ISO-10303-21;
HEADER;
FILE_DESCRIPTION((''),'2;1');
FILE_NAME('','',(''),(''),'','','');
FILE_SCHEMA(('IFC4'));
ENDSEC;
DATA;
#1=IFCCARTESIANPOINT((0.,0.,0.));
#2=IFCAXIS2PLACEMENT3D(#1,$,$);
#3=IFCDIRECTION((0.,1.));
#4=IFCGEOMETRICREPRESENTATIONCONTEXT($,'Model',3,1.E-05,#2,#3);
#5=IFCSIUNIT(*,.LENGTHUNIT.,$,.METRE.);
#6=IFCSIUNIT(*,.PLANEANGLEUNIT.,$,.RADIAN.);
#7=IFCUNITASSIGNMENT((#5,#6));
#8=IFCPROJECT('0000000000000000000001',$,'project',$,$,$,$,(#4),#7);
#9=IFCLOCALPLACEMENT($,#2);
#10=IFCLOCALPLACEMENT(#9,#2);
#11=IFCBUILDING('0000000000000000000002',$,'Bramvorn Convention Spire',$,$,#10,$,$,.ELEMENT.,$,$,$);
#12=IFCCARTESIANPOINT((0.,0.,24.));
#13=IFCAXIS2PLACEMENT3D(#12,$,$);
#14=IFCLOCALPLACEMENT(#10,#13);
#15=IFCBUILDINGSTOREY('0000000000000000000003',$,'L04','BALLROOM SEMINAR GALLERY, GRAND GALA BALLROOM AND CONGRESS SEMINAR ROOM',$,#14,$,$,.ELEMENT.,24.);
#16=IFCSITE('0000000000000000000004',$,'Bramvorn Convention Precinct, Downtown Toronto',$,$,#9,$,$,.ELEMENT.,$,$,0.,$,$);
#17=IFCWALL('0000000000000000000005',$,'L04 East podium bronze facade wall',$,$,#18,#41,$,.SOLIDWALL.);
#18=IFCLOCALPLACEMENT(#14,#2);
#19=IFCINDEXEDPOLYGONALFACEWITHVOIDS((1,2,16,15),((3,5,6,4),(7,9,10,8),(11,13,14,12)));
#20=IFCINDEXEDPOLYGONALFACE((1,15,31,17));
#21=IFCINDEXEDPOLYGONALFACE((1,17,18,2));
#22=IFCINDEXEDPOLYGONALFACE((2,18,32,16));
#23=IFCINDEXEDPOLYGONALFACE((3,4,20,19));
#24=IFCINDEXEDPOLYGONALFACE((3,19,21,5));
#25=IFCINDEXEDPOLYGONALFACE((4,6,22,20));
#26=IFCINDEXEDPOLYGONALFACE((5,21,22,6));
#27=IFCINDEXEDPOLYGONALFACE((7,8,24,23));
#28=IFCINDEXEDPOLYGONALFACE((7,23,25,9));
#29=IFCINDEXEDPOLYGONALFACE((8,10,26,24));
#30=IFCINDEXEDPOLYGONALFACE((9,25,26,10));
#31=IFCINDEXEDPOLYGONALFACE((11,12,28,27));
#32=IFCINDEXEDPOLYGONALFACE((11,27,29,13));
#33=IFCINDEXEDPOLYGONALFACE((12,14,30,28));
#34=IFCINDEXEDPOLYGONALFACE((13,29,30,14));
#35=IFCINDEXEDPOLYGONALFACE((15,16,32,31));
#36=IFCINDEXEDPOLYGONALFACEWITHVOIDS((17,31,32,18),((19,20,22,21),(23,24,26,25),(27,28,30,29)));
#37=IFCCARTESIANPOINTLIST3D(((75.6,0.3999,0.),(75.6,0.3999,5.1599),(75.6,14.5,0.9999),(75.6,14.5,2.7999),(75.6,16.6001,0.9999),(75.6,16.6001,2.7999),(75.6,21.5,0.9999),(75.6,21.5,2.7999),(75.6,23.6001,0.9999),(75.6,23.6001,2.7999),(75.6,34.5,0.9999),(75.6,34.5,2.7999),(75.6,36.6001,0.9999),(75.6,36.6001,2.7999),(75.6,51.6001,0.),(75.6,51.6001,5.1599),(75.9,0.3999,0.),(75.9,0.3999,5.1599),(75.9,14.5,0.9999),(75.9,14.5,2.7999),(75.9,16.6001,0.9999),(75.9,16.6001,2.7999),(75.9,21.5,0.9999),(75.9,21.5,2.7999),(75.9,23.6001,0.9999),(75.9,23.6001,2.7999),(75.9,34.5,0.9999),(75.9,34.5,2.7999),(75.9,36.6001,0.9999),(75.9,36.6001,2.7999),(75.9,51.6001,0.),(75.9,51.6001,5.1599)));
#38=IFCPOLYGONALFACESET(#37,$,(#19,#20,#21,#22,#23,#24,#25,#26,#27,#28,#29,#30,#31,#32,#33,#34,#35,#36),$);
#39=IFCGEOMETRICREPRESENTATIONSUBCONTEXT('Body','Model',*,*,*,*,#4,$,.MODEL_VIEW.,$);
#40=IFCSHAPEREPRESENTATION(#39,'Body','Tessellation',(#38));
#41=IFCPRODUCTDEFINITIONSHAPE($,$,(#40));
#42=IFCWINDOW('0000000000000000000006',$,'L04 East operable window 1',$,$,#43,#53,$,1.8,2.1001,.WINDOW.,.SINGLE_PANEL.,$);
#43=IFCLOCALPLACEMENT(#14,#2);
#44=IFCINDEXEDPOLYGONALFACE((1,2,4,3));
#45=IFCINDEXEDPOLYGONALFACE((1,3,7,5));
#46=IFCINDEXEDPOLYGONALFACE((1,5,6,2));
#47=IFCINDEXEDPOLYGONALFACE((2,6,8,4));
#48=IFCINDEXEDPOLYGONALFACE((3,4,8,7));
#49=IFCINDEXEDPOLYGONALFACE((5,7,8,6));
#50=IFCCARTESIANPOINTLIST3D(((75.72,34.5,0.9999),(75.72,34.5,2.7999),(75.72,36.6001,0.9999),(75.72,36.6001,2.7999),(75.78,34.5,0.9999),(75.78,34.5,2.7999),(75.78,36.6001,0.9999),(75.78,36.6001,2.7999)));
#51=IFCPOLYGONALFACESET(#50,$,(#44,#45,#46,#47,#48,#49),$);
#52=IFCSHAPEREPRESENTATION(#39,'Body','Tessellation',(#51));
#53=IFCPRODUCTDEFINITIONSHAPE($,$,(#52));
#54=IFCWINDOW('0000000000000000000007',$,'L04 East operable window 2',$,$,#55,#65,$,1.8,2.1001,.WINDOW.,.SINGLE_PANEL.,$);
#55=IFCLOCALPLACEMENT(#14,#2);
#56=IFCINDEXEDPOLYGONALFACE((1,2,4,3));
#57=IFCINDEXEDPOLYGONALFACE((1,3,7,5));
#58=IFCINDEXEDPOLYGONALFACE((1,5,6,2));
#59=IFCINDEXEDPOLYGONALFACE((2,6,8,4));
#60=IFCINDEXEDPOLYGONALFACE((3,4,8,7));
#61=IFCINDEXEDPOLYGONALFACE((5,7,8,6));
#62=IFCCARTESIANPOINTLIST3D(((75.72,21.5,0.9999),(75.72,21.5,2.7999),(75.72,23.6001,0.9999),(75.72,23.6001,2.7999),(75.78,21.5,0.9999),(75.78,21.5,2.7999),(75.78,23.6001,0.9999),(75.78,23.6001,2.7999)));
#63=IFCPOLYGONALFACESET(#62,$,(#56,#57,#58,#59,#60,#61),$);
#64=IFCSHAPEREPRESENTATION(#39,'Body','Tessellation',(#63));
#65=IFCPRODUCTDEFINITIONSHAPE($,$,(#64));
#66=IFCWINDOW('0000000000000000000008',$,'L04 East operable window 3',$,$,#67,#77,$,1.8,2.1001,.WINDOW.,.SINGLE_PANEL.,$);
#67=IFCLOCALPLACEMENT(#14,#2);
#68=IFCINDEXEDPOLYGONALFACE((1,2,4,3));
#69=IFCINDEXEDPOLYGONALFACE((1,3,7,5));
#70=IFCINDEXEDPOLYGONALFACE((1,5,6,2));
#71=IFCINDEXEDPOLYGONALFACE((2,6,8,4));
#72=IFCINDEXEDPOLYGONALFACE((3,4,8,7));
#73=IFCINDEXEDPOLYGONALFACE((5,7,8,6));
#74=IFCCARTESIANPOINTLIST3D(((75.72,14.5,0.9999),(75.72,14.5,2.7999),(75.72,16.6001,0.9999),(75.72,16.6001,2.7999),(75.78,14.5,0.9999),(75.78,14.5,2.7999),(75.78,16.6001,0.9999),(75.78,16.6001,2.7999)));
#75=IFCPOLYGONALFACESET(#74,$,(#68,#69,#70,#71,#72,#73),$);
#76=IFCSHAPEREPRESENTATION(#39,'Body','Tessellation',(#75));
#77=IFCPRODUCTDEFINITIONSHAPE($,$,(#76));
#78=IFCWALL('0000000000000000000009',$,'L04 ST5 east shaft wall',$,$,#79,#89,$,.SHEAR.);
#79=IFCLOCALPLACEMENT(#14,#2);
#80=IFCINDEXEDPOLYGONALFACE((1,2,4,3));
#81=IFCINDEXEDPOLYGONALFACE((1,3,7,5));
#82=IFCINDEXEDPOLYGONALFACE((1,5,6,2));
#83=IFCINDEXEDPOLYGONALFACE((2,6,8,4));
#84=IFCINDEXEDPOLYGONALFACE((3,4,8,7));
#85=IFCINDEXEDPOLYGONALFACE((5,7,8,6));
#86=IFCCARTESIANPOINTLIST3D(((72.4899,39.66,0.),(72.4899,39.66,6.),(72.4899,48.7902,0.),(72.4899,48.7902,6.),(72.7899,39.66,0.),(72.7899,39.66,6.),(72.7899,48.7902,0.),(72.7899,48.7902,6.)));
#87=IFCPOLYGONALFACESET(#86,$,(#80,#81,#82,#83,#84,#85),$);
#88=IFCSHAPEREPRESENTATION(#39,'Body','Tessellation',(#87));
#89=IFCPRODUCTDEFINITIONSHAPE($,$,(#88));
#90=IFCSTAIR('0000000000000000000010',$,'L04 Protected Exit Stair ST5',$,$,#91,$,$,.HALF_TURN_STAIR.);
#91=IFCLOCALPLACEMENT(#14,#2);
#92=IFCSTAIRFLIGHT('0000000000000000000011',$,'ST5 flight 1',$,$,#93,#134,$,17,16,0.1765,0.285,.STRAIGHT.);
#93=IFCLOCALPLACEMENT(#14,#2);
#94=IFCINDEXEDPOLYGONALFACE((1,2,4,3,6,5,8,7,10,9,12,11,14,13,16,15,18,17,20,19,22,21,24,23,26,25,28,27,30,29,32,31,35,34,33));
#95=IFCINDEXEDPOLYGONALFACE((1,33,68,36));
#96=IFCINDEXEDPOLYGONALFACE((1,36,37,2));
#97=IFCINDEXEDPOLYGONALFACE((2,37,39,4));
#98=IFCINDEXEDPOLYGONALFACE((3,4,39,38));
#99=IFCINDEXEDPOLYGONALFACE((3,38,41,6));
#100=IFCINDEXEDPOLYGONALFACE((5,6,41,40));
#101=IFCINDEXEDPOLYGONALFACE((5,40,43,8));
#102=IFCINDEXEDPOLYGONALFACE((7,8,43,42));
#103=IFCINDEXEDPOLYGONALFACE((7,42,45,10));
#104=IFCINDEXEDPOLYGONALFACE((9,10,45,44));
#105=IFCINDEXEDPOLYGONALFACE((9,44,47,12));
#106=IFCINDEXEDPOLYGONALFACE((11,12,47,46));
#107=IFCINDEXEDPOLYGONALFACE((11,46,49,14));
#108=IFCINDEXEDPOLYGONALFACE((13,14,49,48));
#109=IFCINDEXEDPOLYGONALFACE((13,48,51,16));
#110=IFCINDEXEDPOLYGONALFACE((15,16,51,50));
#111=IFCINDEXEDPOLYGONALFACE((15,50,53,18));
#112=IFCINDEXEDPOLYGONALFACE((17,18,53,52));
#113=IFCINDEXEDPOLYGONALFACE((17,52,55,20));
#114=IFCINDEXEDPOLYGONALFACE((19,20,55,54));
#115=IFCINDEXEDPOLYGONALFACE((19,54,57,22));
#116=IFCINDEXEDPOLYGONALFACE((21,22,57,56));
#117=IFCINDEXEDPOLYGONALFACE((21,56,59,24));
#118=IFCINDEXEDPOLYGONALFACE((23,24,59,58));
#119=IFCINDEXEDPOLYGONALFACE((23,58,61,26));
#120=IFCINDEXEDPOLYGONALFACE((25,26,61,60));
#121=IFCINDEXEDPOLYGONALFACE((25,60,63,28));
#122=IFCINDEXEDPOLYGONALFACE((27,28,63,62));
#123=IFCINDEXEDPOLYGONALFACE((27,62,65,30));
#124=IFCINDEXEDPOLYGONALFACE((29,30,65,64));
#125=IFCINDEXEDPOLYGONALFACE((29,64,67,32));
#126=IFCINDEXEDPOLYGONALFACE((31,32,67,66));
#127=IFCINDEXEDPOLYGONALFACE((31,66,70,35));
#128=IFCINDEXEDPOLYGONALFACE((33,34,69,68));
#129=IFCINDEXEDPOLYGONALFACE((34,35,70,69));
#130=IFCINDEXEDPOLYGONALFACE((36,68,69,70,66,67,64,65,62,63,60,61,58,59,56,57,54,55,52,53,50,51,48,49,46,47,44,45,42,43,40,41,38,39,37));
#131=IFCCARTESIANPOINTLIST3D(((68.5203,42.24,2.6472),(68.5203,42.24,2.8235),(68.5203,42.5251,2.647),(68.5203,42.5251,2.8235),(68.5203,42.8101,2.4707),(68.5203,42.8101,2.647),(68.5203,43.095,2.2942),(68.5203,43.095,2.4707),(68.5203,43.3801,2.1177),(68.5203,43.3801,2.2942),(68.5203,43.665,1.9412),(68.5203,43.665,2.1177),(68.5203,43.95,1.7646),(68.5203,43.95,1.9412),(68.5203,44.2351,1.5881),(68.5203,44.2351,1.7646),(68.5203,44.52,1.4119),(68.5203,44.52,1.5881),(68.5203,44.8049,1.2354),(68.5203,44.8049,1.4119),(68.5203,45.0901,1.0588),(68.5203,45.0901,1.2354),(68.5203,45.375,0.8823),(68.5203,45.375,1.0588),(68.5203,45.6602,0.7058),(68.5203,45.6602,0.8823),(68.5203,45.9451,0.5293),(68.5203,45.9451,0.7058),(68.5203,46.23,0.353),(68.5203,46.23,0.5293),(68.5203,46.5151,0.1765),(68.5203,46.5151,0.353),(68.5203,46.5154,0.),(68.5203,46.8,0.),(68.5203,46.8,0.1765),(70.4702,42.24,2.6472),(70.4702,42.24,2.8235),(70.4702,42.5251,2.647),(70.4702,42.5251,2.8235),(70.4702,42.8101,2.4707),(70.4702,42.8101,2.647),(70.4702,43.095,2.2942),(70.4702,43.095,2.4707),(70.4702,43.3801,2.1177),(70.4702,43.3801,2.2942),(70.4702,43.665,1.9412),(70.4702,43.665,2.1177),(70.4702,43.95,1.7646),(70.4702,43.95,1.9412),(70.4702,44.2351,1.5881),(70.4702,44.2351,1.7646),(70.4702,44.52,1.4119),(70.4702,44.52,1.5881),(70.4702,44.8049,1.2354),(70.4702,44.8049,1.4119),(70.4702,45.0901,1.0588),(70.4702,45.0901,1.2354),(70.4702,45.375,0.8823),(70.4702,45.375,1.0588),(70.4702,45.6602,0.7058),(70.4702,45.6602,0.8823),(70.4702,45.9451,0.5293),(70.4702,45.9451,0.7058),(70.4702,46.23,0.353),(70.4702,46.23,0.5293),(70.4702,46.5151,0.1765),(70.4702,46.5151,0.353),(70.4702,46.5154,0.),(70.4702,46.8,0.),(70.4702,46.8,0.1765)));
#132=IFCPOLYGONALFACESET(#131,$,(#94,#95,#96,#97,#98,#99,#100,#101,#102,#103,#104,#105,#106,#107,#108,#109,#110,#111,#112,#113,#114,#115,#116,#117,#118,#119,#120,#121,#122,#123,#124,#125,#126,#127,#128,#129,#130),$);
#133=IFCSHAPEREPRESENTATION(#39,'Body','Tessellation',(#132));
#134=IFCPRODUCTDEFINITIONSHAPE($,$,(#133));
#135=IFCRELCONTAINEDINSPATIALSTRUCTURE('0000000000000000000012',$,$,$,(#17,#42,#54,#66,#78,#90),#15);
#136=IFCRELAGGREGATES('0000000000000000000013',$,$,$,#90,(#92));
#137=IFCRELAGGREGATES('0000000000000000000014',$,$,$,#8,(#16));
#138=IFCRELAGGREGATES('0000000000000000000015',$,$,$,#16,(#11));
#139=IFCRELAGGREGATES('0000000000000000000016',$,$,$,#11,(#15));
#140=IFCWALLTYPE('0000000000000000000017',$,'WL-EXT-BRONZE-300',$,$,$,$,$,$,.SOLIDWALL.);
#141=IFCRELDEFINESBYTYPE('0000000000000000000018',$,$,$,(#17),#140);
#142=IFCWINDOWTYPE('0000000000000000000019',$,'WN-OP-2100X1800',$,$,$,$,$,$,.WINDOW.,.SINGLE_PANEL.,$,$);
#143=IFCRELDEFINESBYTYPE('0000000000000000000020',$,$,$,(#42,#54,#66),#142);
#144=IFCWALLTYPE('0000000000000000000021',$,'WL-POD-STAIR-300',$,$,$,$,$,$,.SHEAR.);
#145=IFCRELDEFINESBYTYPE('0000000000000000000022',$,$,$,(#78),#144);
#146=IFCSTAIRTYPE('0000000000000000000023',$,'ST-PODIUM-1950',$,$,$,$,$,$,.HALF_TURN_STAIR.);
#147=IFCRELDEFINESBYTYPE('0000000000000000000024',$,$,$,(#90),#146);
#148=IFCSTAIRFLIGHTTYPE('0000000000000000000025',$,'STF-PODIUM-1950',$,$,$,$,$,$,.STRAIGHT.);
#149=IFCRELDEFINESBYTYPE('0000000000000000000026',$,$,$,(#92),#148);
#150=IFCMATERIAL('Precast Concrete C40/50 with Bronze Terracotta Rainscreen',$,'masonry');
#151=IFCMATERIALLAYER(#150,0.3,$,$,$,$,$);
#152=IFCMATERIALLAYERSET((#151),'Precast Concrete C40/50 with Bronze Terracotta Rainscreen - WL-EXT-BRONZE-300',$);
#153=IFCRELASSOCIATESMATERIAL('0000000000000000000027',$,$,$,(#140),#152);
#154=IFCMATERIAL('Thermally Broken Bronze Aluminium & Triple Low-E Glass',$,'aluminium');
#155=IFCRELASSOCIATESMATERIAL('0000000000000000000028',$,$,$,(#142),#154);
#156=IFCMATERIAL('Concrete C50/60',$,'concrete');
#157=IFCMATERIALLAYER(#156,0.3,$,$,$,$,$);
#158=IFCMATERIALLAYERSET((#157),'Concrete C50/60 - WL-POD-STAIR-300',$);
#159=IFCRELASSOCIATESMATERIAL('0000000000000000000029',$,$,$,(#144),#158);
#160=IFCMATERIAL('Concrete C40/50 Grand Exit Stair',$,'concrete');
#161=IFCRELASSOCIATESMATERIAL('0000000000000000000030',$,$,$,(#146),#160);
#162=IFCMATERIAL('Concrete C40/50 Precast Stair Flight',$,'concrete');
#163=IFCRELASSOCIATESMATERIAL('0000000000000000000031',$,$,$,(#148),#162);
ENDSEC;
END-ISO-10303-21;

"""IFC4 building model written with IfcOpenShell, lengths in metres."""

from ifc_helpers import new_model, si_unit, direction, frame, frame_2d, origin, place, context, subcontext, project, spatial, polyline, rectangle, outline, extrude, material, layer, layer_set, type_object, element, fill, aggregate, save


model = new_model("IFC4")

# Units and contexts
model_context = context("Model", 3, precision=1e-05, world=origin(), true_north=direction((0.0, 1.0)))
body_context = subcontext(model_context, "Body", "Model", "MODEL_VIEW")
ifc_project = project(units=[si_unit("LENGTHUNIT", "METRE"), si_unit("PLANEANGLEUNIT", "RADIAN")], contexts=[model_context])

# Site, building, storey
site_placement = place(None, origin())
site = spatial("IfcSite", under=ifc_project, at=site_placement, Name="Bramvorn Convention Precinct, Downtown Toronto", CompositionType="ELEMENT", RefElevation=0.0)
building_placement = place(site_placement, origin())
building = spatial("IfcBuilding", under=site, at=building_placement, Name="Bramvorn Convention Spire", CompositionType="ELEMENT")
storey_placement = place(building_placement, frame((0.0, 0.0, 24.0)))
storey = spatial("IfcBuildingStorey", under=building, at=storey_placement, Name="L04", Description="BALLROOM SEMINAR GALLERY, GRAND GALA BALLROOM AND CONGRESS SEMINAR ROOM", CompositionType="ELEMENT", Elevation=24.0)

# Wall, openings, windows
ifc_material_1 = material(Name="Precast Concrete C40/50 with Bronze Terracotta Rainscreen", Category="masonry")
ifc_layer_1 = layer(ifc_material_1, 0.3)
ifc_layer_set_1 = layer_set([ifc_layer_1], Name="Precast Concrete C40/50 with Bronze Terracotta Rainscreen - WL-EXT-BRONZE-300")
wall_type_1 = type_object("IfcWallType", Name="WL-EXT-BRONZE-300", PredefinedType="SOLIDWALL", material=ifc_layer_set_1)
wall_1_placement = place(storey_placement, frame((75.75, 51.6001, 0.0), z_axis=(0.0, 0.0, 1.0), x_axis=(0.0, -1.0, 0.0)))
wall_1 = element("IfcWall", 1, at=wall_1_placement, inside=storey, type_object=wall_type_1, Name="L04 East podium bronze facade wall", PredefinedType="SOLIDWALL", context=body_context, shape_type="SweptSolid", body=[
    extrude(rectangle(XDim=51.2002, YDim=0.3, at=frame_2d((25.6001, 0.0))), origin(), (0.0, 0.0, 1.0), 5.1599),
])
opening_1_placement = place(wall_1_placement, frame((15.0, 0.0, 1.0)))
opening_1 = element("IfcOpeningElement", 2, at=opening_1_placement, cuts=wall_1, PredefinedType="OPENING", context=body_context, shape_type="SweptSolid", body=[
    extrude(rectangle(XDim=2.1001, YDim=1.8, at=frame_2d((1.05, 0.8999))), frame((0.0, 0.1599, 0.0), z_axis=(0.0, -1.0, 0.0), x_axis=(1.0, 0.0, 0.0)), (0.0, 0.0, 1.0), 0.3201),
])
opening_2_placement = place(wall_1_placement, frame((28.0, 0.0, 1.0)))
opening_2 = element("IfcOpeningElement", 3, at=opening_2_placement, cuts=wall_1, PredefinedType="OPENING", context=body_context, shape_type="SweptSolid", body=[
    extrude(rectangle(XDim=2.1001, YDim=1.8, at=frame_2d((1.05, 0.8999))), frame((0.0, 0.1599, 0.0), z_axis=(0.0, -1.0, 0.0), x_axis=(1.0, 0.0, 0.0)), (0.0, 0.0, 1.0), 0.3201),
])
opening_3_placement = place(wall_1_placement, frame((35.0, 0.0, 1.0)))
opening_3 = element("IfcOpeningElement", 4, at=opening_3_placement, cuts=wall_1, PredefinedType="OPENING", context=body_context, shape_type="SweptSolid", body=[
    extrude(rectangle(XDim=2.1001, YDim=1.8, at=frame_2d((1.05, 0.8999))), frame((0.0, 0.1599, 0.0), z_axis=(0.0, -1.0, 0.0), x_axis=(1.0, 0.0, 0.0)), (0.0, 0.0, 1.0), 0.3201),
])
ifc_material_2 = material(Name="Thermally Broken Bronze Aluminium & Triple Low-E Glass", Category="aluminium")
window_type = type_object("IfcWindowType", Name="WN-OP-2100X1800", PartitioningType="SINGLE_PANEL", PredefinedType="WINDOW", material=ifc_material_2)
window_1_placement = place(opening_1_placement, origin())
window_1 = element("IfcWindow", 5, at=window_1_placement, inside=storey, type_object=window_type, Name="L04 East operable window 1", OverallHeight=1.8, OverallWidth=2.1001, PartitioningType="SINGLE_PANEL", PredefinedType="WINDOW", context=body_context, shape_type="SweptSolid", body=[
    extrude(rectangle(XDim=2.1001, YDim=1.8, at=frame_2d((1.05, 0.8999))), frame((0.0, 0.03, 0.0), z_axis=(0.0, -1.0, 0.0), x_axis=(1.0, 0.0, 0.0)), (0.0, 0.0, 1.0), 0.0601),
])
fill(opening_1, window_1)
window_2_placement = place(opening_2_placement, origin())
window_2 = element("IfcWindow", 6, at=window_2_placement, inside=storey, type_object=window_type, Name="L04 East operable window 2", OverallHeight=1.8, OverallWidth=2.1001, PartitioningType="SINGLE_PANEL", PredefinedType="WINDOW", context=body_context, shape_type="SweptSolid", body=[
    extrude(rectangle(XDim=2.1001, YDim=1.8, at=frame_2d((1.05, 0.8999))), frame((0.0, 0.03, 0.0), z_axis=(0.0, -1.0, 0.0), x_axis=(1.0, 0.0, 0.0)), (0.0, 0.0, 1.0), 0.0601),
])
fill(opening_2, window_2)
window_3_placement = place(opening_3_placement, origin())
window_3 = element("IfcWindow", 7, at=window_3_placement, inside=storey, type_object=window_type, Name="L04 East operable window 3", OverallHeight=1.8, OverallWidth=2.1001, PartitioningType="SINGLE_PANEL", PredefinedType="WINDOW", context=body_context, shape_type="SweptSolid", body=[
    extrude(rectangle(XDim=2.1001, YDim=1.8, at=frame_2d((1.05, 0.8999))), frame((0.0, 0.03, 0.0), z_axis=(0.0, -1.0, 0.0), x_axis=(1.0, 0.0, 0.0)), (0.0, 0.0, 1.0), 0.0601),
])
fill(opening_3, window_3)

# Wall
ifc_material_3 = material(Name="Concrete C50/60", Category="concrete")
ifc_layer_2 = layer(ifc_material_3, 0.3)
ifc_layer_set_2 = layer_set([ifc_layer_2], Name="Concrete C50/60 - WL-POD-STAIR-300")
wall_type_2 = type_object("IfcWallType", Name="WL-POD-STAIR-300", PredefinedType="SHEAR", material=ifc_layer_set_2)
wall_2_placement = place(storey_placement, frame((72.6399, 48.79, 0.0), z_axis=(0.0, 0.0, 1.0), x_axis=(0.0, -1.0, 0.0)))
element("IfcWall", 8, at=wall_2_placement, inside=storey, type_object=wall_type_2, Name="L04 ST5 east shaft wall", PredefinedType="SHEAR", context=body_context, shape_type="SweptSolid", body=[
    extrude(rectangle(XDim=9.1301, YDim=0.3, at=frame_2d((4.5649, 0.0))), origin(), (0.0, 0.0, 1.0), 6.0),
])

# Stair, stair flight
ifc_material_4 = material(Name="Concrete C40/50 Grand Exit Stair", Category="concrete")
stair_type = type_object("IfcStairType", Name="ST-PODIUM-1950", PredefinedType="HALF_TURN_STAIR", material=ifc_material_4)
stair_placement = place(storey_placement, origin())
stair = element("IfcStair", 9, at=stair_placement, inside=storey, type_object=stair_type, Name="L04 Protected Exit Stair ST5", PredefinedType="HALF_TURN_STAIR")
ifc_material_5 = material(Name="Concrete C40/50 Precast Stair Flight", Category="concrete")
stair_flight_type = type_object("IfcStairFlightType", Name="STF-PODIUM-1950", PredefinedType="STRAIGHT", material=ifc_material_5)
stair_flight_1_placement = place(storey_placement, frame((69.4951, 46.8, 0.0), z_axis=(0.0, 0.0, 1.0), x_axis=(0.0, -1.0, 0.0)))
stair_flight_1 = element("IfcStairFlight", 10, at=stair_flight_1_placement, type_object=stair_flight_type, Name="ST5 flight 1", NumberOfRisers=17, NumberOfTreads=16, PredefinedType="STRAIGHT", RiserHeight=0.1765, TreadLength=0.285, context=body_context, shape_type="SweptSolid", body=[
    extrude(outline(polyline([(0.0, 0.0), (0.0, 0.1765), (0.2849, 0.1765), (0.2849, 0.353), (0.5701, 0.353), (0.5701, 0.5293), (0.855, 0.5293), (0.855, 0.7058), (1.1399, 0.7058), (1.1399, 0.8823), (1.425, 0.8823), (1.425, 1.0588), (1.71, 1.0588), (1.71, 1.2354), (1.9951, 1.2354), (1.9951, 1.4119), (2.28, 1.4119), (2.28, 1.5881), (2.5649, 1.5881), (2.5649, 1.7646), (2.8501, 1.7646), (2.8501, 1.9412), (3.135, 1.9412), (3.135, 2.1177), (3.4199, 2.1177), (3.4199, 2.2942), (3.7051, 2.2942), (3.7051, 2.4707), (3.99, 2.4707), (3.99, 2.647), (4.2749, 2.647), (4.2749, 2.8235), (4.5601, 2.8235), (4.5601, 3.0), (4.5601, 2.6472), (0.2847, 0.0), (0.0, 0.0)])), frame((0.0, 0.9751, 0.0), z_axis=(0.0, -1.0, 0.0), x_axis=(1.0, 0.0, 0.0)), (0.0, 0.0, 1.0), 1.95),
])
aggregate(stair, [stair_flight_1])

save(model, "model.ifc")
